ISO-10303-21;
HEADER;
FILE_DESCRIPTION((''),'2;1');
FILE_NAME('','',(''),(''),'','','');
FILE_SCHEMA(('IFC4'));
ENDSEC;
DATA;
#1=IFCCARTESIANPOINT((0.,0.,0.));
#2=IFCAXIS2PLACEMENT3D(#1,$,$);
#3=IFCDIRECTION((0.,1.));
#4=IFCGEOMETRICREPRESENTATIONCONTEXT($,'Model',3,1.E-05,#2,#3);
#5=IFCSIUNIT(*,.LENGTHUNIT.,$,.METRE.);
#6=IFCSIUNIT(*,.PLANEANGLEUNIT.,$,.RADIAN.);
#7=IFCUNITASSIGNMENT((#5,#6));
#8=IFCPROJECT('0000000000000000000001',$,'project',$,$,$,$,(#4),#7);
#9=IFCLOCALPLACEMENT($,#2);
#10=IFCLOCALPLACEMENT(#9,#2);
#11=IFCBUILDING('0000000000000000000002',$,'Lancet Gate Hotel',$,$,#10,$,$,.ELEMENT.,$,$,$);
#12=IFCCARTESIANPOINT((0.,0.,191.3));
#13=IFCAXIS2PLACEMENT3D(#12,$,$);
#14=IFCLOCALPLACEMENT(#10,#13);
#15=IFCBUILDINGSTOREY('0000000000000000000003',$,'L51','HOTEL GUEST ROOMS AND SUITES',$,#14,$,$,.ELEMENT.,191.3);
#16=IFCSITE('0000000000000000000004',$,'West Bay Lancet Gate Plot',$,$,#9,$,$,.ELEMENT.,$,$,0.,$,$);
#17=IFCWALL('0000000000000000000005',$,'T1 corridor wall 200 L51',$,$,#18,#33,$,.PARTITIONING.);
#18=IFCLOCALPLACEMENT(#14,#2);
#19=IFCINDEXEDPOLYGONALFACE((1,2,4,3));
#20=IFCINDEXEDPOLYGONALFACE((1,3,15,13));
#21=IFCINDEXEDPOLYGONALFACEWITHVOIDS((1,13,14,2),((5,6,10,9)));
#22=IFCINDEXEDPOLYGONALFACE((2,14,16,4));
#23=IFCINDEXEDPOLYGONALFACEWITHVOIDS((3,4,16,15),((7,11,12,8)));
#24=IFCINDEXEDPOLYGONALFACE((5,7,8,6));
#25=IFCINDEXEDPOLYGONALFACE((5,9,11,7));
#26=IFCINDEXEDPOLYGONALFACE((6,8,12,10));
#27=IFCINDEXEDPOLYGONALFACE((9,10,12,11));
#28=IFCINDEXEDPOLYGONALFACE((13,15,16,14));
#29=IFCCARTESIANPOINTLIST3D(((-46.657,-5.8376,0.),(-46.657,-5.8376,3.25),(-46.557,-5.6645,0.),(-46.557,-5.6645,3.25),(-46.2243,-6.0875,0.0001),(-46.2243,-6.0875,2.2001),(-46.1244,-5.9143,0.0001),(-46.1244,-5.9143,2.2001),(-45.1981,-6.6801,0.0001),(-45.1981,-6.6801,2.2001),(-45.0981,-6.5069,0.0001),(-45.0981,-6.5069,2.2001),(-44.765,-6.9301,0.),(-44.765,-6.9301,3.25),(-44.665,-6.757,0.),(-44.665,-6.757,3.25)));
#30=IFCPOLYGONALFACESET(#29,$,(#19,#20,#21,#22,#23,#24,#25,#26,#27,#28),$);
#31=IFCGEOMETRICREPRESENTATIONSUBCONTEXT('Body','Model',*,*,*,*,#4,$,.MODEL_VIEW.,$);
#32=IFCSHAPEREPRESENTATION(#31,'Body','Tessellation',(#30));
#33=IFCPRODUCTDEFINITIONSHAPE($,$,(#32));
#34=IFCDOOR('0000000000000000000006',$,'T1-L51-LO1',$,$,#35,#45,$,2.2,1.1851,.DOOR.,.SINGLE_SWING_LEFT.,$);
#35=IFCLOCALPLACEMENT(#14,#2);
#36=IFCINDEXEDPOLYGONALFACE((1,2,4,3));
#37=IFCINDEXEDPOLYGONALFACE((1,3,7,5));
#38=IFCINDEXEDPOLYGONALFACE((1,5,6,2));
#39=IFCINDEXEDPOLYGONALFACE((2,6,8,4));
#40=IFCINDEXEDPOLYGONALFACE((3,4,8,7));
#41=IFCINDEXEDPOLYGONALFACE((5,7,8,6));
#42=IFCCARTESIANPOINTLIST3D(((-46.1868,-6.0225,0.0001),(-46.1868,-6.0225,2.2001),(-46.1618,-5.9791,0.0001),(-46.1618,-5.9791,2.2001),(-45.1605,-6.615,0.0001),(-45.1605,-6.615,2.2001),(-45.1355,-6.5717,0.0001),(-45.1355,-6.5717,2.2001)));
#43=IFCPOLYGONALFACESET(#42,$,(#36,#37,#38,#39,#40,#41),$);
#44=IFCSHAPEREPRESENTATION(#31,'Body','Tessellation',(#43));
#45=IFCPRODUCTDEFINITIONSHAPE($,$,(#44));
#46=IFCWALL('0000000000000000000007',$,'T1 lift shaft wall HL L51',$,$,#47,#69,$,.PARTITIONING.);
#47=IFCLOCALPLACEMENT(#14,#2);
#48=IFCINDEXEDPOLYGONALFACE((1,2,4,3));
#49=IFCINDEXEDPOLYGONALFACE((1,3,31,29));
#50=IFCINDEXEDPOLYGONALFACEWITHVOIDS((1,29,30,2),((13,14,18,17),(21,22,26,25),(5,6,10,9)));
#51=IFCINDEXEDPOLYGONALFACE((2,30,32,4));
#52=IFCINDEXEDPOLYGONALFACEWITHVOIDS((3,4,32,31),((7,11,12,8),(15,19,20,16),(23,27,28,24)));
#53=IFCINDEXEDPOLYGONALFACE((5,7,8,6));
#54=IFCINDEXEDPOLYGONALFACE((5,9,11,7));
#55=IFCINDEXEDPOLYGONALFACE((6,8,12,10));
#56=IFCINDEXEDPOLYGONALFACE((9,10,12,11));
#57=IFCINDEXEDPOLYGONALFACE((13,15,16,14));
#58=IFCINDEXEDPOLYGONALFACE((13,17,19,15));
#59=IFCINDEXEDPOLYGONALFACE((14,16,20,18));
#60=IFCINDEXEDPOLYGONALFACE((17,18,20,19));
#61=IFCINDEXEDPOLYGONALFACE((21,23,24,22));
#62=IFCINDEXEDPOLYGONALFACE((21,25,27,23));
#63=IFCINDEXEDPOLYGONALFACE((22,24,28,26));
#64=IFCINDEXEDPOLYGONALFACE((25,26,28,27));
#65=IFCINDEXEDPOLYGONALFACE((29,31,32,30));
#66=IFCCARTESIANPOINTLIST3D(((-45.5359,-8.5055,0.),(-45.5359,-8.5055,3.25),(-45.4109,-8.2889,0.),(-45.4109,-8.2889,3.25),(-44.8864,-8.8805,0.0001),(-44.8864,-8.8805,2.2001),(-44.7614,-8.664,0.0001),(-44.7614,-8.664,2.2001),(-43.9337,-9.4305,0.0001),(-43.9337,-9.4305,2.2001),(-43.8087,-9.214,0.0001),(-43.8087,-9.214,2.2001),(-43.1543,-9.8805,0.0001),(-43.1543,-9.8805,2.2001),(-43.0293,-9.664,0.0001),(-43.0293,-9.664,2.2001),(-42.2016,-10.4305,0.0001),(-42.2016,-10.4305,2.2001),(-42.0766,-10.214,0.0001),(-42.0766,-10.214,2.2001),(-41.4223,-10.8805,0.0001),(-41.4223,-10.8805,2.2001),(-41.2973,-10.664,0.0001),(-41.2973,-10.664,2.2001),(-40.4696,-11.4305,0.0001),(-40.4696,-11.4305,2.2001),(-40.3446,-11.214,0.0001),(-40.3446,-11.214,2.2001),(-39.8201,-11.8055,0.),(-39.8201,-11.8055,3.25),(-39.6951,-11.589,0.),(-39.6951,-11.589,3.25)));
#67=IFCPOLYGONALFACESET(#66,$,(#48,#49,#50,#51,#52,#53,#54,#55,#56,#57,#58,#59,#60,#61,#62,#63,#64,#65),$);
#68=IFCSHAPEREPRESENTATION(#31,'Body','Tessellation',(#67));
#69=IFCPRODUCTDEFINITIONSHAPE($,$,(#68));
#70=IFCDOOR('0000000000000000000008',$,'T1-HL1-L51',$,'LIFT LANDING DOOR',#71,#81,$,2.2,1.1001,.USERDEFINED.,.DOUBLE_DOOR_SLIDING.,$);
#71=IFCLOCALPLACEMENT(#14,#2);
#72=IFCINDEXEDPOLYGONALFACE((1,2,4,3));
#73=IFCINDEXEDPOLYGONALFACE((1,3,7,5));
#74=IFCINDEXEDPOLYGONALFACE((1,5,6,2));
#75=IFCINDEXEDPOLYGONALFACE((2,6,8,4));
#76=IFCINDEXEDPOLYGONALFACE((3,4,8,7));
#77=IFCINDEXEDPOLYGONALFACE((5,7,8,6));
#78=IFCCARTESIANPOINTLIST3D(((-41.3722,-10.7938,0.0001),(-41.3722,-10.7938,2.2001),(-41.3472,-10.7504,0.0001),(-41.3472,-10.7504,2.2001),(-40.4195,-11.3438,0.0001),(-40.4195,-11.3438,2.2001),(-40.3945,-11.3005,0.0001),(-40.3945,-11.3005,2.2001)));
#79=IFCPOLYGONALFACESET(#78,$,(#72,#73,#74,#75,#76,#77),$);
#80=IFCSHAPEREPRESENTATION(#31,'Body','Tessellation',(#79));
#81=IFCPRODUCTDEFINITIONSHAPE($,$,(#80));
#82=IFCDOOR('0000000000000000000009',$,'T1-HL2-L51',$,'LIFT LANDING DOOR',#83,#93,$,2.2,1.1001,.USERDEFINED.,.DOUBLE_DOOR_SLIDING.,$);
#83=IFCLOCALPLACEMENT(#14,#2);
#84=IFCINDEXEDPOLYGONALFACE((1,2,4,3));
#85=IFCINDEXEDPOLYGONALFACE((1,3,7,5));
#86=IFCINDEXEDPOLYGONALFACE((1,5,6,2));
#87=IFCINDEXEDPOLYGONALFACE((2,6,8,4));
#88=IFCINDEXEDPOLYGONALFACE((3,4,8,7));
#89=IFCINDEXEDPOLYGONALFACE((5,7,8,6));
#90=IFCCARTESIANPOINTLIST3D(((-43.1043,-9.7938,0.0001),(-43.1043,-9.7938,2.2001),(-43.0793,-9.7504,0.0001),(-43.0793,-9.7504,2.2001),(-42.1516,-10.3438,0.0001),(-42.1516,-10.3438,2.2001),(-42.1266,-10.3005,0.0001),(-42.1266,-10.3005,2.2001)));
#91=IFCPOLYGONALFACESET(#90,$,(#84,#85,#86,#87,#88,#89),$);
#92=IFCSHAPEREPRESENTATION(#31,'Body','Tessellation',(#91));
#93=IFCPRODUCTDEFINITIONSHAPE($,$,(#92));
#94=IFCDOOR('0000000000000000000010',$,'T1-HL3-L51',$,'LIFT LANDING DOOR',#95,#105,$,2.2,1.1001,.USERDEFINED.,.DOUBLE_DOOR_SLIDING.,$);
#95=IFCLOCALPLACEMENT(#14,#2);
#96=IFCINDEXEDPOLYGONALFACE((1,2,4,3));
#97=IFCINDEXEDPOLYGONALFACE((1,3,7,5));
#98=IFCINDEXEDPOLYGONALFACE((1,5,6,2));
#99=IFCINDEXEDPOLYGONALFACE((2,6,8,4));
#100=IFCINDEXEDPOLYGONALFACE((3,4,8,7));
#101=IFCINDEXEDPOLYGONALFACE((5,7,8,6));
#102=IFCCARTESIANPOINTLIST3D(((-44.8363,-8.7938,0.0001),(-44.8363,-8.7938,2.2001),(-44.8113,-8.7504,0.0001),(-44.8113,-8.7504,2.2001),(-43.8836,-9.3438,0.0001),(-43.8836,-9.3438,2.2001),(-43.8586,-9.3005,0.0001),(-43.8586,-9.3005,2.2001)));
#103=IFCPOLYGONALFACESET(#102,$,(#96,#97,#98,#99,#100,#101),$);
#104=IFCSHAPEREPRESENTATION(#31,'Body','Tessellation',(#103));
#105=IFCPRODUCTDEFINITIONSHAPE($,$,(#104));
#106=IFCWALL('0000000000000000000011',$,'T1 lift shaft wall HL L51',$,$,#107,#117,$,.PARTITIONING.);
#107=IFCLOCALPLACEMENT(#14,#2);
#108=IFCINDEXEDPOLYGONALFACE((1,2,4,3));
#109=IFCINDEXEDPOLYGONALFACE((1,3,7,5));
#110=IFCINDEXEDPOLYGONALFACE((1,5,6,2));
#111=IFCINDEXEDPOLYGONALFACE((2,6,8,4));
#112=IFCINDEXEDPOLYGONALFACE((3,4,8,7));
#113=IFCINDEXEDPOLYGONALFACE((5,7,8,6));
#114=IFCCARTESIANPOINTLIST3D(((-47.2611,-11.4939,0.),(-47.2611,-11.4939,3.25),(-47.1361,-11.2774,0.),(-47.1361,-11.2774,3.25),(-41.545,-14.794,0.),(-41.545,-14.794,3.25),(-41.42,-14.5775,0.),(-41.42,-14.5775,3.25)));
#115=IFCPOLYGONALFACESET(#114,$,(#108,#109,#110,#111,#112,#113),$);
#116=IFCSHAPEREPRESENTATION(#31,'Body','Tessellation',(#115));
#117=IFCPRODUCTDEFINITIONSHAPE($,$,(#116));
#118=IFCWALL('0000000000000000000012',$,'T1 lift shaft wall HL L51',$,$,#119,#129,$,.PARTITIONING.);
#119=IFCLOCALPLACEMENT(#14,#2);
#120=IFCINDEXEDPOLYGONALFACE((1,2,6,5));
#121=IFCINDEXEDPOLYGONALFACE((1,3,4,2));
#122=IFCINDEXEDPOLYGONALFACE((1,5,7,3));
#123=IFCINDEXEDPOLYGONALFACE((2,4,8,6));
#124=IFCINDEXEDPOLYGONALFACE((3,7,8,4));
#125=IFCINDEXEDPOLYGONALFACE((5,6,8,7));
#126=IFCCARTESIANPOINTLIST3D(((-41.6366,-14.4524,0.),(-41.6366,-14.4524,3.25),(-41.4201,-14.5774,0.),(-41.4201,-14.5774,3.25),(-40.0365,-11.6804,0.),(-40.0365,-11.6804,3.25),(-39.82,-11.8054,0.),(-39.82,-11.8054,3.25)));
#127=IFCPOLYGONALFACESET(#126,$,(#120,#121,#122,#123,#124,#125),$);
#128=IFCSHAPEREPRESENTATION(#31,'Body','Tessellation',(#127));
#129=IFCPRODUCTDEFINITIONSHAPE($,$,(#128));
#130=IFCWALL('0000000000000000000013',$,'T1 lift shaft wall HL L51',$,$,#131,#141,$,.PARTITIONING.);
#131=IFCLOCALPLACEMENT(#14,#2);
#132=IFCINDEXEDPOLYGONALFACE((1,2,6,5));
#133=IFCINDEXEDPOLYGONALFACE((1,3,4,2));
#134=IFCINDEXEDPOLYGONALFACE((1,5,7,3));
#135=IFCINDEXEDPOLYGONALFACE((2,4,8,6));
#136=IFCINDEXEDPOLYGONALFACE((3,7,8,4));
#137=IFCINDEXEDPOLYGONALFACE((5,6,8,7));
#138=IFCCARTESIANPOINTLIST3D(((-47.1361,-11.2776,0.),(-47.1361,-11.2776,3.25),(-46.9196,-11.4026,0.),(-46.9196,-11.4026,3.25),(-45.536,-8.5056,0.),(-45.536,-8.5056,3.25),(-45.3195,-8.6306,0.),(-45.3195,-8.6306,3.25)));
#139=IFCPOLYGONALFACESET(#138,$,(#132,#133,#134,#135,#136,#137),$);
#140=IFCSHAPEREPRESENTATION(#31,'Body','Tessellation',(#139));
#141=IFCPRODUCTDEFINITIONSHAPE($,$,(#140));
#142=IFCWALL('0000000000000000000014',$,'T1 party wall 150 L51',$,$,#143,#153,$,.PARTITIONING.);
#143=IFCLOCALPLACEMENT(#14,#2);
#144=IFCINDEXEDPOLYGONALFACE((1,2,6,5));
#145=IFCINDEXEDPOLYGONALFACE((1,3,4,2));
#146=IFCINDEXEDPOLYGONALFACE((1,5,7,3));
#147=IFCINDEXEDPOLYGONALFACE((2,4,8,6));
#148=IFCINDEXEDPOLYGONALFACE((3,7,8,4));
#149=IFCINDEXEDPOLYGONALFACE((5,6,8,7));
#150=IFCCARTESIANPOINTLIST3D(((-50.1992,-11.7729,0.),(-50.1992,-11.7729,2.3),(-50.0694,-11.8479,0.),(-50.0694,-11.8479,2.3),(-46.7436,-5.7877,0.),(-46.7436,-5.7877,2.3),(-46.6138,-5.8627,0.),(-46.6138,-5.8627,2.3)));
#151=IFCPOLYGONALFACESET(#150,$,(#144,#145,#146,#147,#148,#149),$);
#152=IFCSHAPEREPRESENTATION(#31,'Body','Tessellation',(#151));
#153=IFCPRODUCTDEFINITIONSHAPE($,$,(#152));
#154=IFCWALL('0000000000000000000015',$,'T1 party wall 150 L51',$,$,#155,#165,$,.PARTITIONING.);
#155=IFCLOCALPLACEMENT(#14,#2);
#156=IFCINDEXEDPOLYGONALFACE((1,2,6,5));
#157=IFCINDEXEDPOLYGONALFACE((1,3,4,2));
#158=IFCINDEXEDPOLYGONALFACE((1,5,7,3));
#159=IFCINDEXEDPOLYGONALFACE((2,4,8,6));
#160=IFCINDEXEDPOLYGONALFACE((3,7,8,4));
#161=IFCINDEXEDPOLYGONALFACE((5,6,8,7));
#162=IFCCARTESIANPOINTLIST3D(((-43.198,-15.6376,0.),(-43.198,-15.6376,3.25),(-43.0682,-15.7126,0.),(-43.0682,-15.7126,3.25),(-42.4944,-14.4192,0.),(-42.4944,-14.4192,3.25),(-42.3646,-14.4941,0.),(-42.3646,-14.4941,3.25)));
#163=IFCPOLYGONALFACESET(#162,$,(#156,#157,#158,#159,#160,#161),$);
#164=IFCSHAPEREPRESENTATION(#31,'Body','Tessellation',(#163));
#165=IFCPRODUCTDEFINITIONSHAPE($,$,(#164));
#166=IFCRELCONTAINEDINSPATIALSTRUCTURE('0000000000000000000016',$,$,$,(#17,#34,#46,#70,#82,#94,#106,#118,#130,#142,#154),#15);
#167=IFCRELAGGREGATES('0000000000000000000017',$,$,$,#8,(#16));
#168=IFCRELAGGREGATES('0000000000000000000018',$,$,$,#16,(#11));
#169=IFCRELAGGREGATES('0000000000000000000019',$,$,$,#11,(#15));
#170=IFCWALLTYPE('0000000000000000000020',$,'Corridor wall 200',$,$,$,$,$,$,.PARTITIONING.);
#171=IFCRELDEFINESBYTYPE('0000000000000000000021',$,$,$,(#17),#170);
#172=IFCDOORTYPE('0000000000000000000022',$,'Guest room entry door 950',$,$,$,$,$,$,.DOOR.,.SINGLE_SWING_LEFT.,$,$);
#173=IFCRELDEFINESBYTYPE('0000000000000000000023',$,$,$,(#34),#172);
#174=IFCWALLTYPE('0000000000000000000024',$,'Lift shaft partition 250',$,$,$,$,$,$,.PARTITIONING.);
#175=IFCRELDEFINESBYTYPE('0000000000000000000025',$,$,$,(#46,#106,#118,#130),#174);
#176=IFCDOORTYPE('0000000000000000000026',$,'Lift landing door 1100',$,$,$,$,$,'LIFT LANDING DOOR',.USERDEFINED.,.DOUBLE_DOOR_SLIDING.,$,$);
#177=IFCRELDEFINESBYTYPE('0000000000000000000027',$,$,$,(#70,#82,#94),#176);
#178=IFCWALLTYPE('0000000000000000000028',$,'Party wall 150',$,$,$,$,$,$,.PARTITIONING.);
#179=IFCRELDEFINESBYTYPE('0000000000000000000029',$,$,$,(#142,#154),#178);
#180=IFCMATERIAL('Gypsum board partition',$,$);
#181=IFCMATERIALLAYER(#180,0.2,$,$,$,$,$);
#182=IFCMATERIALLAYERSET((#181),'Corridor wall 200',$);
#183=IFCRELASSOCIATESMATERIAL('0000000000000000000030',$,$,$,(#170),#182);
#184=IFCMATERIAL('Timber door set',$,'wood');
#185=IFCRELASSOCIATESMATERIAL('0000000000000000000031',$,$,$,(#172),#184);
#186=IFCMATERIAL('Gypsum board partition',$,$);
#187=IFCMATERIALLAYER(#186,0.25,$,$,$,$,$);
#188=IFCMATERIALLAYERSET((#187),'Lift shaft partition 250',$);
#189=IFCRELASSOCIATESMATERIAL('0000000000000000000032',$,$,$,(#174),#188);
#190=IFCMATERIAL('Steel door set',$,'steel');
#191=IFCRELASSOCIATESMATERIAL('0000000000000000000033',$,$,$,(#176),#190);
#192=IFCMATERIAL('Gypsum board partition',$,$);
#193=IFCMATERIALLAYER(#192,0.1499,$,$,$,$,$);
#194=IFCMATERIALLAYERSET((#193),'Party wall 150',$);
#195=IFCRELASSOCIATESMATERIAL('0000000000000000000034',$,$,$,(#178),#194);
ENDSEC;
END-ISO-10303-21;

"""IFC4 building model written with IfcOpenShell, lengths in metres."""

from ifc_helpers import new_model, si_unit, direction, frame, frame_2d, origin, place, context, subcontext, project, spatial, rectangle, extrude, material, layer, layer_set, type_object, element, fill, save


model = new_model("IFC4")

# Units and contexts
model_context = context("Model", 3, precision=1e-05, world=origin(), true_north=direction((0.0, 1.0)))
body_context = subcontext(model_context, "Body", "Model", "MODEL_VIEW")
ifc_project = project(units=[si_unit("LENGTHUNIT", "METRE"), si_unit("PLANEANGLEUNIT", "RADIAN")], contexts=[model_context])

# Site, building, storey
site_placement = place(None, origin())
site = spatial("IfcSite", under=ifc_project, at=site_placement, Name="West Bay Lancet Gate Plot", CompositionType="ELEMENT", RefElevation=0.0)
building_placement = place(site_placement, origin())
building = spatial("IfcBuilding", under=site, at=building_placement, Name="Lancet Gate Hotel", CompositionType="ELEMENT")
storey_placement = place(building_placement, frame((0.0, 0.0, 191.3)))
storey = spatial("IfcBuildingStorey", under=building, at=storey_placement, Name="L51", Description="HOTEL GUEST ROOMS AND SUITES", CompositionType="ELEMENT", Elevation=191.3)

# Wall, opening, door
ifc_material_1 = material(Name="Gypsum board partition")
ifc_layer_1 = layer(ifc_material_1, 0.2)
ifc_layer_set_1 = layer_set([ifc_layer_1], Name="Corridor wall 200")
wall_type_1 = type_object("IfcWallType", Name="Corridor wall 200", PredefinedType="PARTITIONING", material=ifc_layer_set_1)
wall_1_placement = place(storey_placement, frame((-44.7151, -6.8435, 0.0), z_axis=(0.0, 0.0, 1.0), x_axis=(-0.865999, 0.500045, 0.0)))
wall_1 = element("IfcWall", 1, at=wall_1_placement, inside=storey, type_object=wall_type_1, Name="T1 corridor wall 200 L51", PredefinedType="PARTITIONING", context=body_context, shape_type="SweptSolid", body=[
    extrude(rectangle(XDim=2.1848, YDim=0.2, at=frame_2d((1.0923, 0.0))), origin(), (0.0, 0.0, 1.0), 3.25),
])
opening_1_placement = place(wall_1_placement, frame((0.5, 0.0, 0.0)))
opening_1 = element("IfcOpeningElement", 2, at=opening_1_placement, cuts=wall_1, PredefinedType="OPENING", context=body_context, shape_type="SweptSolid", body=[
    extrude(rectangle(XDim=1.1851, YDim=2.2, at=frame_2d((0.5925, 1.1001))), frame((0.0, 0.1099, 0.0), z_axis=(0.0, -1.0, 0.0), x_axis=(1.0, 0.0, 0.0)), (0.0, 0.0, 1.0), 0.22),
])
ifc_material_2 = material(Name="Timber door set", Category="wood")
door_type_1 = type_object("IfcDoorType", Name="Guest room entry door 950", OperationType="SINGLE_SWING_LEFT", PredefinedType="DOOR", material=ifc_material_2)
door_1_placement = place(opening_1_placement, origin())
door_1 = element("IfcDoor", 3, at=door_1_placement, inside=storey, type_object=door_type_1, Name="T1-L51-LO1", OperationType="SINGLE_SWING_LEFT", OverallHeight=2.2, OverallWidth=1.1851, PredefinedType="DOOR", context=body_context, shape_type="SweptSolid", body=[
    extrude(rectangle(XDim=1.1851, YDim=2.2, at=frame_2d((0.5925, 1.1001))), frame((0.0, 0.0249, 0.0), z_axis=(0.0, -1.0, 0.0), x_axis=(1.0, 0.0, 0.0)), (0.0, 0.0, 1.0), 0.05),
])
fill(opening_1, door_1)

# Wall, openings, doors
ifc_material_3 = material(Name="Gypsum board partition")
ifc_layer_2 = layer(ifc_material_3, 0.25)
ifc_layer_set_2 = layer_set([ifc_layer_2], Name="Lift shaft partition 250")
wall_type_2 = type_object("IfcWallType", Name="Lift shaft partition 250", PredefinedType="PARTITIONING", material=ifc_layer_set_2)
wall_2_placement = place(storey_placement, frame((-39.7576, -11.6973, 0.0), z_axis=(0.0, 0.0, 1.0), x_axis=(-0.866024, 0.500002, 0.0)))
wall_2 = element("IfcWall", 4, at=wall_2_placement, inside=storey, type_object=wall_type_2, Name="T1 lift shaft wall HL L51", PredefinedType="PARTITIONING", context=body_context, shape_type="SweptSolid", body=[
    extrude(rectangle(XDim=6.6001, YDim=0.25, at=frame_2d((3.3, 0.0))), origin(), (0.0, 0.0, 1.0), 3.25),
])
opening_2_placement = place(wall_2_placement, frame((0.75, 0.0, 0.0)))
opening_2 = element("IfcOpeningElement", 5, at=opening_2_placement, cuts=wall_2, PredefinedType="OPENING", context=body_context, shape_type="SweptSolid", body=[
    extrude(rectangle(XDim=1.1001, YDim=2.2, at=frame_2d((0.55, 1.1001))), frame((0.0, 0.135, 0.0), z_axis=(0.0, -1.0, 0.0), x_axis=(1.0, 0.0, 0.0)), (0.0, 0.0, 1.0), 0.27),
])
opening_3_placement = place(wall_2_placement, frame((2.75, 0.0, 0.0)))
opening_3 = element("IfcOpeningElement", 6, at=opening_3_placement, cuts=wall_2, PredefinedType="OPENING", context=body_context, shape_type="SweptSolid", body=[
    extrude(rectangle(XDim=1.1001, YDim=2.2, at=frame_2d((0.55, 1.1001))), frame((0.0, 0.135, 0.0), z_axis=(0.0, -1.0, 0.0), x_axis=(1.0, 0.0, 0.0)), (0.0, 0.0, 1.0), 0.27),
])
opening_4_placement = place(wall_2_placement, frame((4.75, 0.0, 0.0)))
opening_4 = element("IfcOpeningElement", 7, at=opening_4_placement, cuts=wall_2, PredefinedType="OPENING", context=body_context, shape_type="SweptSolid", body=[
    extrude(rectangle(XDim=1.1001, YDim=2.2, at=frame_2d((0.55, 1.1001))), frame((0.0, 0.135, 0.0), z_axis=(0.0, -1.0, 0.0), x_axis=(1.0, 0.0, 0.0)), (0.0, 0.0, 1.0), 0.27),
])
ifc_material_4 = material(Name="Steel door set", Category="steel")
door_type_2 = type_object("IfcDoorType", Name="Lift landing door 1100", ElementType="LIFT LANDING DOOR", OperationType="DOUBLE_DOOR_SLIDING", PredefinedType="USERDEFINED", material=ifc_material_4)
door_2_placement = place(opening_2_placement, origin())
door_2 = element("IfcDoor", 8, at=door_2_placement, inside=storey, type_object=door_type_2, Name="T1-HL1-L51", ObjectType="LIFT LANDING DOOR", OperationType="DOUBLE_DOOR_SLIDING", OverallHeight=2.2, OverallWidth=1.1001, PredefinedType="USERDEFINED", context=body_context, shape_type="SweptSolid", body=[
    extrude(rectangle(XDim=1.1001, YDim=2.2, at=frame_2d((0.55, 1.1001))), frame((0.0, 0.0249, 0.0), z_axis=(0.0, -1.0, 0.0), x_axis=(1.0, 0.0, 0.0)), (0.0, 0.0, 1.0), 0.05),
])
fill(opening_2, door_2)
door_3_placement = place(opening_3_placement, origin())
door_3 = element("IfcDoor", 9, at=door_3_placement, inside=storey, type_object=door_type_2, Name="T1-HL2-L51", ObjectType="LIFT LANDING DOOR", OperationType="DOUBLE_DOOR_SLIDING", OverallHeight=2.2, OverallWidth=1.1001, PredefinedType="USERDEFINED", context=body_context, shape_type="SweptSolid", body=[
    extrude(rectangle(XDim=1.1001, YDim=2.2, at=frame_2d((0.55, 1.1001))), frame((0.0, 0.0249, 0.0), z_axis=(0.0, -1.0, 0.0), x_axis=(1.0, 0.0, 0.0)), (0.0, 0.0, 1.0), 0.05),
])
fill(opening_3, door_3)
door_4_placement = place(opening_4_placement, origin())
door_4 = element("IfcDoor", 10, at=door_4_placement, inside=storey, type_object=door_type_2, Name="T1-HL3-L51", ObjectType="LIFT LANDING DOOR", OperationType="DOUBLE_DOOR_SLIDING", OverallHeight=2.2, OverallWidth=1.1001, PredefinedType="USERDEFINED", context=body_context, shape_type="SweptSolid", body=[
    extrude(rectangle(XDim=1.1001, YDim=2.2, at=frame_2d((0.55, 1.1001))), frame((0.0, 0.0249, 0.0), z_axis=(0.0, -1.0, 0.0), x_axis=(1.0, 0.0, 0.0)), (0.0, 0.0, 1.0), 0.05),
])
fill(opening_4, door_4)

# Walls
wall_3_placement = place(storey_placement, frame((-41.4824, -14.6858, 0.0), z_axis=(0.0, 0.0, 1.0), x_axis=(-0.866033, 0.499986, 0.0)))
element("IfcWall", 11, at=wall_3_placement, inside=storey, type_object=wall_type_2, Name="T1 lift shaft wall HL L51", PredefinedType="PARTITIONING", context=body_context, shape_type="SweptSolid", body=[
    extrude(rectangle(XDim=6.6003, YDim=0.25, at=frame_2d((3.3003, 0.0))), origin(), (0.0, 0.0, 1.0), 3.25),
])
for number, where, z_axis, x_axis, name in (
    (12, (-39.9282, -11.7429, 0.0), (0.0, 0.0, 1.0), (-0.499929, -0.866066, 0.0), "T1 lift shaft wall HL L51"),
    (13, (-45.4277, -8.5681, 0.0), (0.0, 0.0, 1.0), (-0.499929, -0.866066, 0.0), "T1 lift shaft wall HL L51"),
):
    element("IfcWall", number, at=place(storey_placement, frame(where, z_axis=z_axis, x_axis=x_axis)), inside=storey, type_object=wall_type_2, Name=name, PredefinedType="PARTITIONING", context=body_context, shape_type="SweptSolid", body=[
        extrude(rectangle(XDim=3.2007, YDim=0.25, at=frame_2d((1.6003, 0.0))), origin(), (0.0, 0.0, 1.0), 3.25),
    ])
ifc_material_5 = material(Name="Gypsum board partition")
ifc_layer_3 = layer(ifc_material_5, 0.1499)
ifc_layer_set_3 = layer_set([ifc_layer_3], Name="Party wall 150")
wall_type_3 = type_object("IfcWallType", Name="Party wall 150", PredefinedType="PARTITIONING", material=ifc_layer_set_3)
wall_4_placement = place(storey_placement, frame((-46.6787, -5.8252, 0.0), z_axis=(0.0, 0.0, 1.0), x_axis=(-0.500007, -0.866021, 0.0)))
element("IfcWall", 14, at=wall_4_placement, inside=storey, type_object=wall_type_3, Name="T1 party wall 150 L51", PredefinedType="PARTITIONING", context=body_context, shape_type="SweptSolid", body=[
    extrude(rectangle(XDim=6.9111, YDim=0.1499, at=frame_2d((3.4556, 0.0))), origin(), (0.0, 0.0, 1.0), 2.3),
])
wall_5_placement = place(storey_placement, frame((-42.4294, -14.4565, 0.0), z_axis=(0.0, 0.0, 1.0), x_axis=(-0.500058, -0.865992, 0.0)))
element("IfcWall", 15, at=wall_5_placement, inside=storey, type_object=wall_type_3, Name="T1 party wall 150 L51", PredefinedType="PARTITIONING", context=body_context, shape_type="SweptSolid", body=[
    extrude(rectangle(XDim=1.407, YDim=0.1499, at=frame_2d((0.7036, 0.0))), origin(), (0.0, 0.0, 1.0), 3.25),
])

save(model, "model.ifc")
